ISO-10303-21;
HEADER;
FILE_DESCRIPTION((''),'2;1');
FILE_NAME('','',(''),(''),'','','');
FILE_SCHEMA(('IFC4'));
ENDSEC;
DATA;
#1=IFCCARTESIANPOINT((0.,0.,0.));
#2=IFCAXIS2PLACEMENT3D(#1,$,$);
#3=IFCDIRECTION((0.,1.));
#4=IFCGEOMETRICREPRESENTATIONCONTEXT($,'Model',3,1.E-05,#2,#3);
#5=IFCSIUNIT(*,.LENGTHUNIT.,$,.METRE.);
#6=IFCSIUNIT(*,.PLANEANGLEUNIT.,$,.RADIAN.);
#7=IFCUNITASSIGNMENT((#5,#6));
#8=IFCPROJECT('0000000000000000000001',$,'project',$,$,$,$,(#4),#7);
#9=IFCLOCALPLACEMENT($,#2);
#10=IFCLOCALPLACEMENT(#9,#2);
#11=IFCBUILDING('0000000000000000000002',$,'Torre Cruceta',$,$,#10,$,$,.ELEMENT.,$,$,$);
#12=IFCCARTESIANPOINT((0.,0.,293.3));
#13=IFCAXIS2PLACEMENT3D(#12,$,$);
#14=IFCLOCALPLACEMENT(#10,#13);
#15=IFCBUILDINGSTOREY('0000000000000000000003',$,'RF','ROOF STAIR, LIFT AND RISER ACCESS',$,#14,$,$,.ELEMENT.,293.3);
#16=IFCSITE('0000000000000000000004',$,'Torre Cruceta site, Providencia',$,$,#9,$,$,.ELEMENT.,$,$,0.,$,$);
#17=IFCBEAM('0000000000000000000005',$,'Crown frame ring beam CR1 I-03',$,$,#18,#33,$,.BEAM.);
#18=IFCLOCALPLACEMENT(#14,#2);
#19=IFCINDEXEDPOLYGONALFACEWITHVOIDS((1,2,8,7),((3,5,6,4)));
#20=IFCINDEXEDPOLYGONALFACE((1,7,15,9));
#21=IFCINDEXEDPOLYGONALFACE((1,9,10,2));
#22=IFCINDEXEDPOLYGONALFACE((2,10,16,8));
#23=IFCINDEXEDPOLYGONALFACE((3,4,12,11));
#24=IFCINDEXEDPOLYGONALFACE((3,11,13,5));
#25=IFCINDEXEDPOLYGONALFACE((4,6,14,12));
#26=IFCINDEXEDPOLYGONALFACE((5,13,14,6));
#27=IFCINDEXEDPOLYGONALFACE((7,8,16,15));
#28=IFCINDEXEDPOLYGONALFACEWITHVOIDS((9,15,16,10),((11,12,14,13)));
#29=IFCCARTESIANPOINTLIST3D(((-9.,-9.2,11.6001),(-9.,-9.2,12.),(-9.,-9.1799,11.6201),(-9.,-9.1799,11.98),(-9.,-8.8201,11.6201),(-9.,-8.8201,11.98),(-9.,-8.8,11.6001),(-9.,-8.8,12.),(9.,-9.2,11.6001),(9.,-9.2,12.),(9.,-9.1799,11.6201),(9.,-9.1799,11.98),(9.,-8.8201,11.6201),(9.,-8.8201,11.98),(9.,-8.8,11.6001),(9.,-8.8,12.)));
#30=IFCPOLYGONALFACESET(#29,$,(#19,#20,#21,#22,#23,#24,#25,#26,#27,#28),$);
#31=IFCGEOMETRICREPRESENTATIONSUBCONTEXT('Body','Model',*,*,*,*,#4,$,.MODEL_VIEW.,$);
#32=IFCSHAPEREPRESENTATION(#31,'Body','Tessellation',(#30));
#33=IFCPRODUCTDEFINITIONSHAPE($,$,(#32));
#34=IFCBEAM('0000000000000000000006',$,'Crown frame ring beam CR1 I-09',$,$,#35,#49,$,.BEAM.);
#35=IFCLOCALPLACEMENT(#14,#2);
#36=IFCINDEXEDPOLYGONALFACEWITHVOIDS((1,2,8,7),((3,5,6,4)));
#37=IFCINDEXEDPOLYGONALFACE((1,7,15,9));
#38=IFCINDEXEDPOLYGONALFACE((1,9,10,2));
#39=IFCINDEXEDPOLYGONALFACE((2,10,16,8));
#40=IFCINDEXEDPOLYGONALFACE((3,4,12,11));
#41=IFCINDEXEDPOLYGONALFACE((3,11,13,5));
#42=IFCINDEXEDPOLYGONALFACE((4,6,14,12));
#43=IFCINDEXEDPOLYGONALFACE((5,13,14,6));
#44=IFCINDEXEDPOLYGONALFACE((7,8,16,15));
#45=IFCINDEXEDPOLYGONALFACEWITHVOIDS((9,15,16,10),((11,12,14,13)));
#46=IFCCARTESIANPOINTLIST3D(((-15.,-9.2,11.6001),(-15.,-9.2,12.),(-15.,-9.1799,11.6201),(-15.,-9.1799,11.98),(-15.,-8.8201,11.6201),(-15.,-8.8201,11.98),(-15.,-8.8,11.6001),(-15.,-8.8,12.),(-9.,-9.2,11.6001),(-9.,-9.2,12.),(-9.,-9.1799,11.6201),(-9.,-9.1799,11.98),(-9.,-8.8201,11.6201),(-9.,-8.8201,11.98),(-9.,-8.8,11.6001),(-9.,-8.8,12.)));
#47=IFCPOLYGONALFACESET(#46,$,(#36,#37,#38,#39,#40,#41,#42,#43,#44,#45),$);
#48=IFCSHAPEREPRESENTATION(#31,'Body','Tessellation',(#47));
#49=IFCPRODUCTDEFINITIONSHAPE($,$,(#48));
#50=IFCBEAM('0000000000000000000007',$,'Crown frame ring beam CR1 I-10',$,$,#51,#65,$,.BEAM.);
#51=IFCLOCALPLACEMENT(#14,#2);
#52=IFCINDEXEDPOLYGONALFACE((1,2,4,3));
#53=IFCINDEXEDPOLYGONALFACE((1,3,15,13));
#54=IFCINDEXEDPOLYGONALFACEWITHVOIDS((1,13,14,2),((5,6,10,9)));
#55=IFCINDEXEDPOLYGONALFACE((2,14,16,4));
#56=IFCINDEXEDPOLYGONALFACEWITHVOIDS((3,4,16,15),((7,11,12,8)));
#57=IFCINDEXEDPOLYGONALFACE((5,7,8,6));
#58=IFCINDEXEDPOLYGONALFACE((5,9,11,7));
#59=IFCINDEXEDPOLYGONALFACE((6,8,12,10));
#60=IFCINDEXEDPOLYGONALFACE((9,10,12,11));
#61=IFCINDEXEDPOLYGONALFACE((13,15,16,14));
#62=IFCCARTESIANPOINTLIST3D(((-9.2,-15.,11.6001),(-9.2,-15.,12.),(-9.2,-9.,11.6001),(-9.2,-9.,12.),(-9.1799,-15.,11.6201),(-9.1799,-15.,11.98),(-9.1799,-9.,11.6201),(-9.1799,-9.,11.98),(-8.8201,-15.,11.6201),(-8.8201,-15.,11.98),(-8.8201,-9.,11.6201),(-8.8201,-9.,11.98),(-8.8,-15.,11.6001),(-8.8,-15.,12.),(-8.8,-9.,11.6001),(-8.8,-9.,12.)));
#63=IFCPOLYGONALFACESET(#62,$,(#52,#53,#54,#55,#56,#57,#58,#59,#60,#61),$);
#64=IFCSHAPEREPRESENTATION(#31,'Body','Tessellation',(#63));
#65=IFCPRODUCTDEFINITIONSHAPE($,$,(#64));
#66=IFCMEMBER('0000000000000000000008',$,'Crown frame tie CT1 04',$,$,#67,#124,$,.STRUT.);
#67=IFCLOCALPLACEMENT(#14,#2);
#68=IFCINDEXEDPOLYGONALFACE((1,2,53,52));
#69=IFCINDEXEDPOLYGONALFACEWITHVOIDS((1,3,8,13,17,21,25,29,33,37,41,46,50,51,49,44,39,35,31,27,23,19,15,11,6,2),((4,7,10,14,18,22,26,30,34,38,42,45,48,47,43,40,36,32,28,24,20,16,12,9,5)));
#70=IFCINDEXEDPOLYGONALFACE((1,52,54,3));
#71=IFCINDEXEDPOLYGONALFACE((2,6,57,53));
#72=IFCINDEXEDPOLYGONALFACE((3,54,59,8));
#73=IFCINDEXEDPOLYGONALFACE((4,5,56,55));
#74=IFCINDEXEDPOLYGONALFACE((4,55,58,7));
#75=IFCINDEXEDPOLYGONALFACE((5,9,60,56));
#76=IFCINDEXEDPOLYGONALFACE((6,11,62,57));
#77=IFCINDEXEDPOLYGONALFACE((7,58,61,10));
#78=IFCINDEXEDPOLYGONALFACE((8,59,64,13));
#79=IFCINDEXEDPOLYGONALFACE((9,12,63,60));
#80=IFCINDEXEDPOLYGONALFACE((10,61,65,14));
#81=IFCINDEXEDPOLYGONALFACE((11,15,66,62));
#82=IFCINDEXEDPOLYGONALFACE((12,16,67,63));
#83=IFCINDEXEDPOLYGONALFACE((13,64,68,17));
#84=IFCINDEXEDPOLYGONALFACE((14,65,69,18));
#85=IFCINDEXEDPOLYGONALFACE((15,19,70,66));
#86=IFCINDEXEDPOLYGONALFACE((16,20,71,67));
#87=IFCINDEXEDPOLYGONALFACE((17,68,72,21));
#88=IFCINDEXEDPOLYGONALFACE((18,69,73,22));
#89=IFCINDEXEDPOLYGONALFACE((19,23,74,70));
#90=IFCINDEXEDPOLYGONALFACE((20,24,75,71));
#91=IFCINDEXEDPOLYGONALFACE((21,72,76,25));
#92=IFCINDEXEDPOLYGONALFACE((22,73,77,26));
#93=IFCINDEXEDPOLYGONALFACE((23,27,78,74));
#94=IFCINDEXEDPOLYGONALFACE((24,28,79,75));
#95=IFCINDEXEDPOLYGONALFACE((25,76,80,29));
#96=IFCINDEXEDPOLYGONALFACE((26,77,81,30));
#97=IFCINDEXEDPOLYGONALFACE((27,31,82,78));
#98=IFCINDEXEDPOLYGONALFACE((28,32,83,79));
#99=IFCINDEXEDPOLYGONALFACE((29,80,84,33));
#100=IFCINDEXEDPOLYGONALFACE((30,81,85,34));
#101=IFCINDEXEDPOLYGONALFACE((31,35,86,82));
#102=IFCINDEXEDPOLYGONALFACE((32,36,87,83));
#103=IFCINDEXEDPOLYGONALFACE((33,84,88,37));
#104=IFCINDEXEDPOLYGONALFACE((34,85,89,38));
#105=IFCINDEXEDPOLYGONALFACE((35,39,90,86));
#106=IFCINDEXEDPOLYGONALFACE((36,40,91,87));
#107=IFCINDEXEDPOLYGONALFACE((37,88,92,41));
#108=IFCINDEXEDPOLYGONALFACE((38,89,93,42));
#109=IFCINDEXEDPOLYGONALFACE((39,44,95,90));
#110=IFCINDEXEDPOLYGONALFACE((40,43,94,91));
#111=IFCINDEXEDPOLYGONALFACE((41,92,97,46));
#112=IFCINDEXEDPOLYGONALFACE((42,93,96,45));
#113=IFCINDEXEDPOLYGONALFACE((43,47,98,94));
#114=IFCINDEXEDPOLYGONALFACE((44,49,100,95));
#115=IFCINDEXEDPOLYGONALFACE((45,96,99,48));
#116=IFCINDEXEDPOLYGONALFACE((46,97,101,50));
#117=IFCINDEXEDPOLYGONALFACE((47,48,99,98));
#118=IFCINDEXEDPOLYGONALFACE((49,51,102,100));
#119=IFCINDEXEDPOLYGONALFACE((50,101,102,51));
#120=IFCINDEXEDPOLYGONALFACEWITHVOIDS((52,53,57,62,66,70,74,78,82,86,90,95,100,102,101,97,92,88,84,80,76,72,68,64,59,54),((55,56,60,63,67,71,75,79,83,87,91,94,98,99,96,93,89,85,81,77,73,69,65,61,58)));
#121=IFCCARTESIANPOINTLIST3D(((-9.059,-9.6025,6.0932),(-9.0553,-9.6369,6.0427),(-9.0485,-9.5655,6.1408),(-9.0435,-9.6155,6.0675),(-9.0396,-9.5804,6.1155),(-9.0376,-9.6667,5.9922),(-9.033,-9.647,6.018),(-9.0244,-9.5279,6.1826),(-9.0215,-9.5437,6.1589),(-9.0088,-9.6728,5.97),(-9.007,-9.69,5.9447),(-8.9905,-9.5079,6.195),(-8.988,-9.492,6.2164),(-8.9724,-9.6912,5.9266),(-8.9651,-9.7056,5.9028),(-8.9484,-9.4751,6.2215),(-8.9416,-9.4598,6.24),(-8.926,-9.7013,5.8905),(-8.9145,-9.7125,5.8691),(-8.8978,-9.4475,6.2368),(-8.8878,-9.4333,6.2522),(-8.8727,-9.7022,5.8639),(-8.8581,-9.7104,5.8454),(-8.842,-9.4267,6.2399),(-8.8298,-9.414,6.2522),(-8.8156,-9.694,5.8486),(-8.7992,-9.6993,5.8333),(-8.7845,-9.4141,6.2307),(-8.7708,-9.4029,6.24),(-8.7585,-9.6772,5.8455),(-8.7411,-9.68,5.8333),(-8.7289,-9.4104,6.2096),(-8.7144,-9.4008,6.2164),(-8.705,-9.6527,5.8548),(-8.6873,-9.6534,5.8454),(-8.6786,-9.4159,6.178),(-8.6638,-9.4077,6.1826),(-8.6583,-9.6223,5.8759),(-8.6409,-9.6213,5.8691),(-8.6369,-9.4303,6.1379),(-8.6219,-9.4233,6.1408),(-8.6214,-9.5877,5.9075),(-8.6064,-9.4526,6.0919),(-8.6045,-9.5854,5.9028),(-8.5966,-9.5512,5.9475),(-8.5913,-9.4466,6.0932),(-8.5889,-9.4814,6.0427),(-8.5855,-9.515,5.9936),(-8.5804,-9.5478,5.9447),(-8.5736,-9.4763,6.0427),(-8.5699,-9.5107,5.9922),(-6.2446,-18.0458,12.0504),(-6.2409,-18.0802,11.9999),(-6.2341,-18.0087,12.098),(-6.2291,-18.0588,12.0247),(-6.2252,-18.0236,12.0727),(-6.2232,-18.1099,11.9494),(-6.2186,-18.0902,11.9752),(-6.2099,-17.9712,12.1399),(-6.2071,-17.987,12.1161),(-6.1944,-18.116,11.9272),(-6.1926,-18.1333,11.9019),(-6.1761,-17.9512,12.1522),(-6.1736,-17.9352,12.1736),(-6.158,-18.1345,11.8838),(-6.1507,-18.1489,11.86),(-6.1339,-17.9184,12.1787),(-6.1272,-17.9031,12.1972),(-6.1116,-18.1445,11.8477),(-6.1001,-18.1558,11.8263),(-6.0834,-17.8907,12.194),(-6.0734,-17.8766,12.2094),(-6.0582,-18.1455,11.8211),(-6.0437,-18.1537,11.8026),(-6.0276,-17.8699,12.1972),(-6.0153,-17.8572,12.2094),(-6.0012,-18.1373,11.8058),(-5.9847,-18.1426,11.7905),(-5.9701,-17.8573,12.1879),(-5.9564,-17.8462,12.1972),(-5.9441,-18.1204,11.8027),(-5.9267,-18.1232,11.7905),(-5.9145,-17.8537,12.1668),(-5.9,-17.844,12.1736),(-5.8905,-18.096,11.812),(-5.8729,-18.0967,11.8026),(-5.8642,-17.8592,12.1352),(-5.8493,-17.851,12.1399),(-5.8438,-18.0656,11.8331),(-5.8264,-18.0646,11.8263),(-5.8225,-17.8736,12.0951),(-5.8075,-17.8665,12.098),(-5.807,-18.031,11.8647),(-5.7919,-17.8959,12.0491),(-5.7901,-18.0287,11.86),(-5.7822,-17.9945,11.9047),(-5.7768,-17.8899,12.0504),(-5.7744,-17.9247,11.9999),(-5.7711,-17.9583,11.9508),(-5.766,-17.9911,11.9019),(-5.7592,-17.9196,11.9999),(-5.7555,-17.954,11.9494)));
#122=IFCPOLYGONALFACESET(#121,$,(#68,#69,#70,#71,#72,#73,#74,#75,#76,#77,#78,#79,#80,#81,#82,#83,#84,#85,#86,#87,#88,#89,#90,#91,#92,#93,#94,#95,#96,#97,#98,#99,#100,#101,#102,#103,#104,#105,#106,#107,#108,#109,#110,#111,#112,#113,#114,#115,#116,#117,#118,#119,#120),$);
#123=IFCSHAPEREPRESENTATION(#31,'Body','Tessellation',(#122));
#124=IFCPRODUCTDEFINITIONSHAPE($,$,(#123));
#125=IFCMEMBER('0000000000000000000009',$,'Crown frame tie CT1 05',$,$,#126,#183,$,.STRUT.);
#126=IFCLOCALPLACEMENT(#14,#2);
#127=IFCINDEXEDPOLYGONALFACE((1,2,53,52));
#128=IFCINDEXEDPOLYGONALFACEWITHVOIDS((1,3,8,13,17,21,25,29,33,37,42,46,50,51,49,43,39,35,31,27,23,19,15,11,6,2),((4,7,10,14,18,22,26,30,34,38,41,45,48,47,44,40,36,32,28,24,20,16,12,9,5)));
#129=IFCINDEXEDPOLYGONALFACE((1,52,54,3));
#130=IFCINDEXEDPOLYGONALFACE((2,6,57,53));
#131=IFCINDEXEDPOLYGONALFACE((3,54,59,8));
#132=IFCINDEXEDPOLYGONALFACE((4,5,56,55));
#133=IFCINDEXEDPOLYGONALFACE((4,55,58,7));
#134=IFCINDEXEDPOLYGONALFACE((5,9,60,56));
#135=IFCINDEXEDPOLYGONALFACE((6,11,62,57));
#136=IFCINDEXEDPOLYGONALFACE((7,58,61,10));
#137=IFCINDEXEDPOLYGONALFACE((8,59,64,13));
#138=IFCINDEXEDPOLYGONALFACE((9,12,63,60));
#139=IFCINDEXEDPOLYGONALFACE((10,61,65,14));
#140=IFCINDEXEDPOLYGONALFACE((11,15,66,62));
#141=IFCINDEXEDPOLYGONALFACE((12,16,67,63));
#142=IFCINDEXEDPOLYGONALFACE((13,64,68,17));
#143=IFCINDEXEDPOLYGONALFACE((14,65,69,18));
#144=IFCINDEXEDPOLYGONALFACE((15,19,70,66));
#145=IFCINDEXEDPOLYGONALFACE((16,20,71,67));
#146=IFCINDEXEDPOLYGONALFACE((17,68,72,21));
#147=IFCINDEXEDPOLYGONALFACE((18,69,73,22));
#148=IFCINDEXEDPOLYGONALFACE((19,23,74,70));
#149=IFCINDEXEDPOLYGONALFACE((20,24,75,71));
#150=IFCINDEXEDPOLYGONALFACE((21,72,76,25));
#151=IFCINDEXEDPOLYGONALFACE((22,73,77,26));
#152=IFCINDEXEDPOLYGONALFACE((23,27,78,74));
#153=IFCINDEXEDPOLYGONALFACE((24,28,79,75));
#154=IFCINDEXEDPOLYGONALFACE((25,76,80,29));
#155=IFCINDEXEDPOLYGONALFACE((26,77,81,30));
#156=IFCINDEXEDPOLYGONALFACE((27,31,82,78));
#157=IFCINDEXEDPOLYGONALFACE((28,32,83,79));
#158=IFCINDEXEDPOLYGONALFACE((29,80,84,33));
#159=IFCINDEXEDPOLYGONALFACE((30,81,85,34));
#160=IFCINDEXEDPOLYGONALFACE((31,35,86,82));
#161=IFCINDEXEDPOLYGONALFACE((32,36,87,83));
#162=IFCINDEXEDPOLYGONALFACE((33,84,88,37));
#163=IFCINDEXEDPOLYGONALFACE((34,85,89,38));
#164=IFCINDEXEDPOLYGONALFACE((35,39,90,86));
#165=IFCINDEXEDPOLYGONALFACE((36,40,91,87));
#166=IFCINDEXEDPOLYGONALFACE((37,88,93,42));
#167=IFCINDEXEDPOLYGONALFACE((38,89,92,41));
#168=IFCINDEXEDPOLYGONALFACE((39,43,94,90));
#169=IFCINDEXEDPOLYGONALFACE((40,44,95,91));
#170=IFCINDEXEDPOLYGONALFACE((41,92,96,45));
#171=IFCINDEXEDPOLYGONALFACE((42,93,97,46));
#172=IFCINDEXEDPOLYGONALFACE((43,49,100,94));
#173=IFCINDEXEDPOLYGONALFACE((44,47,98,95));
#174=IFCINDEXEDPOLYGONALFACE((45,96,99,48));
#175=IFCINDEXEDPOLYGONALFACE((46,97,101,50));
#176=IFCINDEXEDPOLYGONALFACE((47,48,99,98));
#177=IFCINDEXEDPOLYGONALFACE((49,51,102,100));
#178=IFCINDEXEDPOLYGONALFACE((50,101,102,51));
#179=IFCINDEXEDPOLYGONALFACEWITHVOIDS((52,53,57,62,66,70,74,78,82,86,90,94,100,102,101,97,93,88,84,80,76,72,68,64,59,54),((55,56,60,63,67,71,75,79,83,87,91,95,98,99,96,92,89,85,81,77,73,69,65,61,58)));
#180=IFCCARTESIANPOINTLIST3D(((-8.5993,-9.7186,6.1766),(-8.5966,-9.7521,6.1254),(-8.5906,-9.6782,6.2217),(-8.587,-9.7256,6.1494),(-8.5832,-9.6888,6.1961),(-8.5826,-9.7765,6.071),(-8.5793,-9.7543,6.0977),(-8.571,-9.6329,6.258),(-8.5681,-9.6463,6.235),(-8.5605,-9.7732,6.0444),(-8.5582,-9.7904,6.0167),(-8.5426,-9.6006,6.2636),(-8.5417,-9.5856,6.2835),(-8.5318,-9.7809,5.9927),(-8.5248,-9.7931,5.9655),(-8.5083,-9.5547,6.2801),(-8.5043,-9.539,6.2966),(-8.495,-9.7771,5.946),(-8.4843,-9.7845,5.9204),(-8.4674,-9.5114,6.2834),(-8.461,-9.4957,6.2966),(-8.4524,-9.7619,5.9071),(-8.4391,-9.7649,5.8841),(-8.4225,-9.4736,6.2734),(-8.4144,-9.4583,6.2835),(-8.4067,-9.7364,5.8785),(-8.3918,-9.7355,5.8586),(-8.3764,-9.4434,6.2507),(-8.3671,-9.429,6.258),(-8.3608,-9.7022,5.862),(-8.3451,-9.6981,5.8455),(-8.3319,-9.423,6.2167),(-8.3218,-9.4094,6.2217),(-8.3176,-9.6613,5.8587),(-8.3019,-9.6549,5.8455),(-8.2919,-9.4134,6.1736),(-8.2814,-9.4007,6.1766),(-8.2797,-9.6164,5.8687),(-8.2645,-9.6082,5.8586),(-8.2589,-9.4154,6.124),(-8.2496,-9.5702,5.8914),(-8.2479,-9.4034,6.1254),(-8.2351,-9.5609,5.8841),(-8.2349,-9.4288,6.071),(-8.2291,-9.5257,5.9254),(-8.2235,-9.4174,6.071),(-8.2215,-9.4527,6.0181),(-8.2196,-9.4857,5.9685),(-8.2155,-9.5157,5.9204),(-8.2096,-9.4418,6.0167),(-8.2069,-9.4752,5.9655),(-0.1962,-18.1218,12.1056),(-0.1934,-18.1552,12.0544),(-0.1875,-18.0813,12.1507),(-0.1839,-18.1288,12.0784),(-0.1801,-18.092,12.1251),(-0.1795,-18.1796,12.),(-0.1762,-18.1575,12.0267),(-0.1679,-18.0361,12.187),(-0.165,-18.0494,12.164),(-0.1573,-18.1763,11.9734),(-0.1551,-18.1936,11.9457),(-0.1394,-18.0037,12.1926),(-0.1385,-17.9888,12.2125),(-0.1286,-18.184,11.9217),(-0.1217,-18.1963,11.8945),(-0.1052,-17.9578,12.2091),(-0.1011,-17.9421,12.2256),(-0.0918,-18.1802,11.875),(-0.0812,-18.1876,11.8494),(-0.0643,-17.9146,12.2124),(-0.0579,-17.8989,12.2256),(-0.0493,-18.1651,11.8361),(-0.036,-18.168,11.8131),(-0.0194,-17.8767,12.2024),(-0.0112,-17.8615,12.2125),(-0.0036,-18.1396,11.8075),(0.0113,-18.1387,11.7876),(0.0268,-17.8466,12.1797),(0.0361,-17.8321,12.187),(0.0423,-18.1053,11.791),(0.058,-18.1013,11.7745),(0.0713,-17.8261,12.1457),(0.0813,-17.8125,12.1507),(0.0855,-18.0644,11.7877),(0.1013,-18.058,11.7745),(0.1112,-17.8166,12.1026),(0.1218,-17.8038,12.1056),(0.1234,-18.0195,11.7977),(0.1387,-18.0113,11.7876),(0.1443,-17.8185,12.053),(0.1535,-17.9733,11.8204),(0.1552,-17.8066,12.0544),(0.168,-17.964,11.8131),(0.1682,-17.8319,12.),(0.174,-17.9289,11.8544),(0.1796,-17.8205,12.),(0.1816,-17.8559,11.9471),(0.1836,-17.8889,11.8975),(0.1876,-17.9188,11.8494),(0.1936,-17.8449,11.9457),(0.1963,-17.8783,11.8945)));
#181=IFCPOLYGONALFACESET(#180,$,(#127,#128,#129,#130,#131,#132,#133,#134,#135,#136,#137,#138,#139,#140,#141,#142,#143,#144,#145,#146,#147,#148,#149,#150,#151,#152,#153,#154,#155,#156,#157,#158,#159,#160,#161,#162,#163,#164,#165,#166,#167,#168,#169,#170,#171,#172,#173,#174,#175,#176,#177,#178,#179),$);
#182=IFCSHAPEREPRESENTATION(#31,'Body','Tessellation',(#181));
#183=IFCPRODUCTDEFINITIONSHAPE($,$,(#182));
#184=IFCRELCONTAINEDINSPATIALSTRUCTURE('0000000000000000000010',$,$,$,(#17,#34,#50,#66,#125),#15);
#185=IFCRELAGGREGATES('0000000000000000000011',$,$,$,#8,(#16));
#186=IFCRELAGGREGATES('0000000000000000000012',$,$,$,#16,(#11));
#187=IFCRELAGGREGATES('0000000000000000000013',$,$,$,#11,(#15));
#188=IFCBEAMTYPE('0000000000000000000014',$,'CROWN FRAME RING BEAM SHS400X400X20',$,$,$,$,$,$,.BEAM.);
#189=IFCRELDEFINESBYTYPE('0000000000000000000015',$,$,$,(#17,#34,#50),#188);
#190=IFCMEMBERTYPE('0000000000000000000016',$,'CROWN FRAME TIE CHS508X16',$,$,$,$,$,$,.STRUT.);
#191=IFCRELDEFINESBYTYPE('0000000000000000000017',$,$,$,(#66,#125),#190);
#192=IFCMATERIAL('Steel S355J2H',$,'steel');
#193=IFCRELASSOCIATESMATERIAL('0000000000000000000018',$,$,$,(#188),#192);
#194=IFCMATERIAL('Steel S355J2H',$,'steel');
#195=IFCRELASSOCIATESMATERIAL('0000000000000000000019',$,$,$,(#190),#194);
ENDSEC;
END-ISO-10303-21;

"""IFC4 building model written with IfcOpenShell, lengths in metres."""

from ifc_helpers import new_model, si_unit, direction, frame, origin, origin_2d, place, context, subcontext, project, spatial, hollow_rectangle, hollow_circle, extrude, material, material_profile, profile_set, type_object, element, save


model = new_model("IFC4")

# Units and contexts
model_context = context("Model", 3, precision=1e-05, world=origin(), true_north=direction((0.0, 1.0)))
body_context = subcontext(model_context, "Body", "Model", "MODEL_VIEW")
ifc_project = project(units=[si_unit("LENGTHUNIT", "METRE"), si_unit("PLANEANGLEUNIT", "RADIAN")], contexts=[model_context])

# Site, building, storey
site_placement = place(None, origin())
site = spatial("IfcSite", under=ifc_project, at=site_placement, Name="Torre Cruceta site, Providencia", CompositionType="ELEMENT", RefElevation=0.0)
building_placement = place(site_placement, origin())
building = spatial("IfcBuilding", under=site, at=building_placement, Name="Torre Cruceta", CompositionType="ELEMENT")
storey_placement = place(building_placement, frame((0.0, 0.0, 293.3)))
storey = spatial("IfcBuildingStorey", under=building, at=storey_placement, Name="RF", Description="ROOF STAIR, LIFT AND RISER ACCESS", CompositionType="ELEMENT", Elevation=293.3)

# Beams
ifc_material_1 = material(Name="Steel S355J2H", Category="steel")
ifc_material_profile_1 = material_profile(ifc_material_1, hollow_rectangle(XDim=0.3999, YDim=0.3999, WallThickness=0.02, at=origin_2d()), Name="SHS400X400X20")
ifc_profile_set_1 = profile_set([ifc_material_profile_1], Name="Steel S355J2H")
beam_type = type_object("IfcBeamType", Name="CROWN FRAME RING BEAM SHS400X400X20", PredefinedType="BEAM", material=ifc_profile_set_1)
beam_placement = place(storey_placement, frame((-9.0, -9.0, 11.8), z_axis=(1.0, 0.0, 0.0), x_axis=(0.0, 1.0, 0.0)))
element("IfcBeam", 1, at=beam_placement, inside=storey, type_object=beam_type, Name="Crown frame ring beam CR1 I-03", PredefinedType="BEAM", context=body_context, shape_type="SweptSolid", body=[
    extrude(hollow_rectangle(XDim=0.3999, YDim=0.3999, WallThickness=0.02, at=origin_2d()), origin(), (0.0, 0.0, 1.0), 18.0),
])
for number, where, z_axis, x_axis, name in (
    (2, (-9.0, -9.0, 11.8), (-1.0, 0.0, 0.0), (0.0, -1.0, 0.0), "Crown frame ring beam CR1 I-09"),
    (3, (-9.0, -9.0, 11.8), (0.0, -1.0, 0.0), (1.0, 0.0, 0.0), "Crown frame ring beam CR1 I-10"),
):
    element("IfcBeam", number, at=place(storey_placement, frame(where, z_axis=z_axis, x_axis=x_axis)), inside=storey, type_object=beam_type, Name=name, PredefinedType="BEAM", context=body_context, shape_type="SweptSolid", body=[
        extrude(hollow_rectangle(XDim=0.3999, YDim=0.3999, WallThickness=0.02, at=origin_2d()), origin(), (0.0, 0.0, 1.0), 6.0),
    ])

# Members
ifc_material_2 = material(Name="Steel S355J2H", Category="steel")
ifc_material_profile_2 = material_profile(ifc_material_2, hollow_circle(Radius=0.2539, WallThickness=0.0161, at=origin_2d()), Name="CHS508X16")
ifc_profile_set_2 = profile_set([ifc_material_profile_2], Name="Steel S355J2H")
member_type_1 = type_object("IfcMemberType", Name="CROWN FRAME TIE CHS508X16", PredefinedType="STRUT", material=ifc_profile_set_2)
member_1_placement = place(storey_placement, frame((-8.8145, -9.5566, 6.0427), z_axis=(0.262791, -0.788374, 0.556243), x_axis=(0.948683, 0.316228, 0.0)))
element("IfcMember", 4, at=member_1_placement, inside=storey, type_object=member_type_1, Name="Crown frame tie CT1 04", PredefinedType="STRUT", context=body_context, shape_type="SweptSolid", body=[
    extrude(hollow_circle(Radius=0.2539, WallThickness=0.0161, at=origin_2d()), origin(), (0.0, 0.0, 1.0), 10.7097),
])
member_2_placement = place(storey_placement, frame((-8.4031, -9.5969, 6.071), z_axis=(0.63273, -0.63273, 0.446435), x_axis=(0.707107, 0.707107, 0.0)))
element("IfcMember", 5, at=member_2_placement, inside=storey, type_object=member_type_1, Name="Crown frame tie CT1 05", PredefinedType="STRUT", context=body_context, shape_type="SweptSolid", body=[
    extrude(hollow_circle(Radius=0.2539, WallThickness=0.0161, at=origin_2d()), origin(), (0.0, 0.0, 1.0), 13.2808),
])

save(model, "model.ifc")
